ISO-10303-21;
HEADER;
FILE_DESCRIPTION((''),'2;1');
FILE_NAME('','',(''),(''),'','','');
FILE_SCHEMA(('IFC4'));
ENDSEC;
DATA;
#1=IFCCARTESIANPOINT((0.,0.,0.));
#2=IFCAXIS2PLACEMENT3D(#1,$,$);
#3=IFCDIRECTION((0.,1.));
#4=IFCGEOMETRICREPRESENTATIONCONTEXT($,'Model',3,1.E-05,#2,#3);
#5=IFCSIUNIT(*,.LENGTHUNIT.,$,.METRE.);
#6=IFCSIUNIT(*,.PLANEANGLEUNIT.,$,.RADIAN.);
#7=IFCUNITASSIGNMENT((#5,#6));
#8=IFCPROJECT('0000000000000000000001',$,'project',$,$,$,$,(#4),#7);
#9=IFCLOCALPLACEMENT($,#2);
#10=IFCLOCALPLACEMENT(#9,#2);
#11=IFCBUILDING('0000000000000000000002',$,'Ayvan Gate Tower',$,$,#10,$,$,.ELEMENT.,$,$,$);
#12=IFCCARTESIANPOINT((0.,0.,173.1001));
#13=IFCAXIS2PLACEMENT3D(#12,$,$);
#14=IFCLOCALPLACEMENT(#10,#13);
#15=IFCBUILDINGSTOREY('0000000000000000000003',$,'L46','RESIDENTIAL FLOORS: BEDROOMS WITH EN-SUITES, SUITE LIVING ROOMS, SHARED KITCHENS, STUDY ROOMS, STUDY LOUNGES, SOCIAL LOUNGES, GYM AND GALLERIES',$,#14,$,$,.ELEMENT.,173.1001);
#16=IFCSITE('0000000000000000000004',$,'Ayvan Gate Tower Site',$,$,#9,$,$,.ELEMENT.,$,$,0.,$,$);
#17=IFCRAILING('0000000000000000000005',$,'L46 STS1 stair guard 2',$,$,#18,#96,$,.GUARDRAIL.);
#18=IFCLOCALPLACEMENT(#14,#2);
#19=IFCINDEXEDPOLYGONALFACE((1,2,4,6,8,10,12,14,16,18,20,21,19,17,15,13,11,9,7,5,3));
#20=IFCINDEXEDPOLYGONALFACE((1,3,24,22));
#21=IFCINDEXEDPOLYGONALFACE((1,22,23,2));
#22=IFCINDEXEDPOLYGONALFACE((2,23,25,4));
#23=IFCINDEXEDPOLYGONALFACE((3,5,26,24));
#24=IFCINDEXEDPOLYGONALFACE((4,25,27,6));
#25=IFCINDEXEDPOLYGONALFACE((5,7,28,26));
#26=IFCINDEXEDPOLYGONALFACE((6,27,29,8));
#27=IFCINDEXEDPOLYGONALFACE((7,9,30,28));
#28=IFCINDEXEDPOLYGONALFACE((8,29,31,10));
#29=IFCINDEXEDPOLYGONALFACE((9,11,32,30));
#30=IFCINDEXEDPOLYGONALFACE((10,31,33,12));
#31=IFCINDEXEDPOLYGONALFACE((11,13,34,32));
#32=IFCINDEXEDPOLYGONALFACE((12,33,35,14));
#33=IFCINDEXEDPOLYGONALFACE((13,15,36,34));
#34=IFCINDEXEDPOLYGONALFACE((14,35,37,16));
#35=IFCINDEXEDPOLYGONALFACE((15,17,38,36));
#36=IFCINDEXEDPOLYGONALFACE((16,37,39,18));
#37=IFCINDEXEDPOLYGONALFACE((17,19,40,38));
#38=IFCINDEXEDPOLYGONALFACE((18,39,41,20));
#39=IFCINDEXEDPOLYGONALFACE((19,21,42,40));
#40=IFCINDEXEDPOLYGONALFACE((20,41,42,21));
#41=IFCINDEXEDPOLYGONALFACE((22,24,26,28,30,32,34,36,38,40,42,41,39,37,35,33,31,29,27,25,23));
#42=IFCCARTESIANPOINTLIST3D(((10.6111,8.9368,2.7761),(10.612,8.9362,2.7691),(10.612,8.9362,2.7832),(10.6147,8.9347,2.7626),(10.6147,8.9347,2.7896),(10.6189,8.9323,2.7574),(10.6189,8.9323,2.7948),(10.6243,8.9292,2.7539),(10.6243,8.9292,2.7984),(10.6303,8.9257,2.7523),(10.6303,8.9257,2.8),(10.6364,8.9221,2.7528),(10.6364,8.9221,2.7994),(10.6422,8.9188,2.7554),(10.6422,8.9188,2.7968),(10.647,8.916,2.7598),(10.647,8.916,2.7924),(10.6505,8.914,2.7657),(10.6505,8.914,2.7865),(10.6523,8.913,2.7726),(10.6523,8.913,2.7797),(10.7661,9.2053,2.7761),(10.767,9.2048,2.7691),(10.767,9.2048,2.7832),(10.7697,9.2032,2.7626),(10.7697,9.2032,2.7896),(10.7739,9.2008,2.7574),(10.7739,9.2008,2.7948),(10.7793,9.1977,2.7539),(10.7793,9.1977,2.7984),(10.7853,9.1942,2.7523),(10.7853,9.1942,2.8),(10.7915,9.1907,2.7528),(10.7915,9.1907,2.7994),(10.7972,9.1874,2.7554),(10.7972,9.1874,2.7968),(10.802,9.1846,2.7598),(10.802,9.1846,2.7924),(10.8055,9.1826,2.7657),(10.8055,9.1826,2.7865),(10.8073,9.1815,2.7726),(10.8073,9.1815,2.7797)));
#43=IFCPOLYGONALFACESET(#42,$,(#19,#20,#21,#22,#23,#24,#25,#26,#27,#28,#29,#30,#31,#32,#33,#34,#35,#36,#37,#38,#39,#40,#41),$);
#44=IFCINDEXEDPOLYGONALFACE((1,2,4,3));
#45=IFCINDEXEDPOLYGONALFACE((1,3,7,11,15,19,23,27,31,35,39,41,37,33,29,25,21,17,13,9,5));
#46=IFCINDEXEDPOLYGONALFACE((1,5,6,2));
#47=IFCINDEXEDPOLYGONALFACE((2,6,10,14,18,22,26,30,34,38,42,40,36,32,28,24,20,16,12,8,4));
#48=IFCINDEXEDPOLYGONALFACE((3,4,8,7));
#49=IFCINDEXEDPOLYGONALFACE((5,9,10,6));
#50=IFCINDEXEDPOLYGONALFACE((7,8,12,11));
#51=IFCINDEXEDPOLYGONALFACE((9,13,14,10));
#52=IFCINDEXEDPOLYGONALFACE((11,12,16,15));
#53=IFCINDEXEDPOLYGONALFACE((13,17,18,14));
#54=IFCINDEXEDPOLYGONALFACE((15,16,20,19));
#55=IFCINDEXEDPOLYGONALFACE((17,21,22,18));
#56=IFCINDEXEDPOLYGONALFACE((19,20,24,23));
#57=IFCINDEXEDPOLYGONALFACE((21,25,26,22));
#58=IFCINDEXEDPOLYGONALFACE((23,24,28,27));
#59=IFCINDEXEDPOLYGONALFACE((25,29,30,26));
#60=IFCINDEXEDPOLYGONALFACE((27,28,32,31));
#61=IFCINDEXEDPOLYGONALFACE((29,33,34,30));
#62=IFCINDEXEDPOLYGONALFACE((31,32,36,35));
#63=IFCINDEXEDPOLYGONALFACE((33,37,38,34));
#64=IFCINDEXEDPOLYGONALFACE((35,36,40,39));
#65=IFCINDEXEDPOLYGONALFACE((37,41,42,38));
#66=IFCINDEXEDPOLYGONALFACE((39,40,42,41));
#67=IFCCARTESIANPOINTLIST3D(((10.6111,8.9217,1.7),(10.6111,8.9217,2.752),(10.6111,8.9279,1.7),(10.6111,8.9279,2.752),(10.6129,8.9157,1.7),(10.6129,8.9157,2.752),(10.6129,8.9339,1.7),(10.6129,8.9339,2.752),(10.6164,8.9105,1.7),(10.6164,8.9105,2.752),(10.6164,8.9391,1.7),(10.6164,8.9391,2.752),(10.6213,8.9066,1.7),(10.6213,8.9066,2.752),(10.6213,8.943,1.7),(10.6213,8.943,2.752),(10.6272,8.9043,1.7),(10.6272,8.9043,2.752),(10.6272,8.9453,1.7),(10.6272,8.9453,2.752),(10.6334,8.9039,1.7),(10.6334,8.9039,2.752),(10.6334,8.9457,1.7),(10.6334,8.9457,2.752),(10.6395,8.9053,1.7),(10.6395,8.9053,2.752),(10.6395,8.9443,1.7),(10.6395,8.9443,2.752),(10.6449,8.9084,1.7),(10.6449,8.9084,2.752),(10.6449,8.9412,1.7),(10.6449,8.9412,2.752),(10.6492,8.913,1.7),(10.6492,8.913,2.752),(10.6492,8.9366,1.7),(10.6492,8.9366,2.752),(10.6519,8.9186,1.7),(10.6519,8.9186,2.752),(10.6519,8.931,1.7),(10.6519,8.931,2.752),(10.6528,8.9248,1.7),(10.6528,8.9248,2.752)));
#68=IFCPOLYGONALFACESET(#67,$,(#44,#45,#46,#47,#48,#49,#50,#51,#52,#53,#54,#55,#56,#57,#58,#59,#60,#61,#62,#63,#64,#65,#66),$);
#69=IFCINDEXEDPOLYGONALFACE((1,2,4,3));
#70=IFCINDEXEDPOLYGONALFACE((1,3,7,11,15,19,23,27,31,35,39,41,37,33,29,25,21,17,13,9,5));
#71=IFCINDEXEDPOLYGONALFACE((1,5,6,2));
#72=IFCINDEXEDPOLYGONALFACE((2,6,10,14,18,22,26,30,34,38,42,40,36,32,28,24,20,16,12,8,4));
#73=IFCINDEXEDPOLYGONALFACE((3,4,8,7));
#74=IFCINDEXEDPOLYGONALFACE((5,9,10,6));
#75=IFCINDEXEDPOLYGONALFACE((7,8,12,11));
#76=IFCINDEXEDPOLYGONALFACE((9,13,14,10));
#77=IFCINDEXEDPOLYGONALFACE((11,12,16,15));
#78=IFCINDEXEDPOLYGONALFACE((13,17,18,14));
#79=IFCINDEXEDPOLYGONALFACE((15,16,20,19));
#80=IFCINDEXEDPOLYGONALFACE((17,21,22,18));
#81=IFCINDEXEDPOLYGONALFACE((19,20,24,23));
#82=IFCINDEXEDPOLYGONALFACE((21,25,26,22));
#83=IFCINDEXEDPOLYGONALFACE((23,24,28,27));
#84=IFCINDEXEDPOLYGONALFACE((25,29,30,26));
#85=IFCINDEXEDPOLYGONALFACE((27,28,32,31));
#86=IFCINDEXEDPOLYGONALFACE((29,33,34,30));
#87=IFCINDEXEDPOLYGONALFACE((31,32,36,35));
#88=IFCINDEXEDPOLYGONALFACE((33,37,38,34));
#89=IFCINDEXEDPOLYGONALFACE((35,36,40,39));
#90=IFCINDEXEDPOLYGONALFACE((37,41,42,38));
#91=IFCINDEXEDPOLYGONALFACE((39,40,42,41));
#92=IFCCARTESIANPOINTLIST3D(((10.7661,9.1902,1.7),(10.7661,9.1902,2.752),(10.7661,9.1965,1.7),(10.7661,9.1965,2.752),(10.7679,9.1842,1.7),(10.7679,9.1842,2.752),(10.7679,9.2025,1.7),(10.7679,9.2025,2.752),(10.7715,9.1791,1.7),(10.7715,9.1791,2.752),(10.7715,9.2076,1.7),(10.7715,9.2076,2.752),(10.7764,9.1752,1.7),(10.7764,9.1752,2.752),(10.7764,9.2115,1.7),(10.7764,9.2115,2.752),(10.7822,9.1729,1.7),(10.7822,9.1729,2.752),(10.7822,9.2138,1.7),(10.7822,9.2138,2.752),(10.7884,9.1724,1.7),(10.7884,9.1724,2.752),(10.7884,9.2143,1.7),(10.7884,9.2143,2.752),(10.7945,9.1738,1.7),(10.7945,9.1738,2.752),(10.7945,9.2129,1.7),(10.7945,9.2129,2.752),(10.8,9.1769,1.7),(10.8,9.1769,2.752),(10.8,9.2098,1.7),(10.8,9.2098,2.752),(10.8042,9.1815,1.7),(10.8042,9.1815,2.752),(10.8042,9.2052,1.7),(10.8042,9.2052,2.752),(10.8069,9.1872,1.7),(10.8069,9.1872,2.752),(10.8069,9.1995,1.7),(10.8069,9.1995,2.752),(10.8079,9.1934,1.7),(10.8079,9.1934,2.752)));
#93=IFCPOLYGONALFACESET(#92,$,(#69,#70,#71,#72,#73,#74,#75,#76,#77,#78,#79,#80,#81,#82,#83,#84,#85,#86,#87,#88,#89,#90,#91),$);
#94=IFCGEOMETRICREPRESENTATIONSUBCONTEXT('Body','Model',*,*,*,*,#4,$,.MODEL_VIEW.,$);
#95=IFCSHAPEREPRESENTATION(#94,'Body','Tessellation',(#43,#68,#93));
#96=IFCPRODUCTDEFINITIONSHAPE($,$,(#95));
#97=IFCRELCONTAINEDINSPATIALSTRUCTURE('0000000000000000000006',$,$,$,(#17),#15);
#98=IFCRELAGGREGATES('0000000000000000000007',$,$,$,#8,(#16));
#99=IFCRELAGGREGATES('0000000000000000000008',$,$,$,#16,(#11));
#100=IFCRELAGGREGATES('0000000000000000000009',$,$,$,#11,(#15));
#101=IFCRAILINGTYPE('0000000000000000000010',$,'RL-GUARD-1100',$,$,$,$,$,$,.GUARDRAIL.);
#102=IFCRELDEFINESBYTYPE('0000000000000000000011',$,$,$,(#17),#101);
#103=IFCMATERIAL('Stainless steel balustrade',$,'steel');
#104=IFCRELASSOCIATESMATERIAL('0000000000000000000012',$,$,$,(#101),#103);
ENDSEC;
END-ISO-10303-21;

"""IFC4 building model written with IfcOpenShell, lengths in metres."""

from ifc_helpers import new_model, si_unit, direction, frame, origin, origin_2d, place, context, subcontext, project, spatial, circle, extrude, material, type_object, element, save


model = new_model("IFC4")

# Units and contexts
model_context = context("Model", 3, precision=1e-05, world=origin(), true_north=direction((0.0, 1.0)))
body_context = subcontext(model_context, "Body", "Model", "MODEL_VIEW")
ifc_project = project(units=[si_unit("LENGTHUNIT", "METRE"), si_unit("PLANEANGLEUNIT", "RADIAN")], contexts=[model_context])

# Site, building, storey
site_placement = place(None, origin())
site = spatial("IfcSite", under=ifc_project, at=site_placement, Name="Ayvan Gate Tower Site", CompositionType="ELEMENT", RefElevation=0.0)
building_placement = place(site_placement, origin())
building = spatial("IfcBuilding", under=site, at=building_placement, Name="Ayvan Gate Tower", CompositionType="ELEMENT")
storey_placement = place(building_placement, frame((0.0, 0.0, 173.1001)))
storey = spatial("IfcBuildingStorey", under=building, at=storey_placement, Name="L46", Description="RESIDENTIAL FLOORS: BEDROOMS WITH EN-SUITES, SUITE LIVING ROOMS, SHARED KITCHENS, STUDY ROOMS, STUDY LOUNGES, SOCIAL LOUNGES, GYM AND GALLERIES", CompositionType="ELEMENT", Elevation=173.1001)

# Railing
ifc_material_1 = material(Name="Stainless steel balustrade", Category="steel")
railing_type_1 = type_object("IfcRailingType", Name="RL-GUARD-1100", PredefinedType="GUARDRAIL", material=ifc_material_1)
railing_1_placement = place(storey_placement, frame((10.6318, 8.9248, 1.7)))
element("IfcRailing", 1, at=railing_1_placement, inside=storey, type_object=railing_type_1, Name="L46 STS1 stair guard 2", PredefinedType="GUARDRAIL", context=body_context, shape_type="SweptSolid", body=[
    extrude(circle(Radius=0.0239, at=origin_2d()), frame((0.0, 0.0, 1.0762), z_axis=(0.49995, 0.866054, 0.0), x_axis=(-0.866054, 0.49995, 0.0)), (0.0, 0.0, 1.0), 0.3101),
    extrude(circle(Radius=0.021, at=origin_2d()), origin(), (0.0, 0.0, 1.0), 1.052),
    extrude(circle(Radius=0.021, at=origin_2d()), frame((0.155, 0.2686, 0.0)), (0.0, 0.0, 1.0), 1.052),
])

save(model, "model.ifc")
